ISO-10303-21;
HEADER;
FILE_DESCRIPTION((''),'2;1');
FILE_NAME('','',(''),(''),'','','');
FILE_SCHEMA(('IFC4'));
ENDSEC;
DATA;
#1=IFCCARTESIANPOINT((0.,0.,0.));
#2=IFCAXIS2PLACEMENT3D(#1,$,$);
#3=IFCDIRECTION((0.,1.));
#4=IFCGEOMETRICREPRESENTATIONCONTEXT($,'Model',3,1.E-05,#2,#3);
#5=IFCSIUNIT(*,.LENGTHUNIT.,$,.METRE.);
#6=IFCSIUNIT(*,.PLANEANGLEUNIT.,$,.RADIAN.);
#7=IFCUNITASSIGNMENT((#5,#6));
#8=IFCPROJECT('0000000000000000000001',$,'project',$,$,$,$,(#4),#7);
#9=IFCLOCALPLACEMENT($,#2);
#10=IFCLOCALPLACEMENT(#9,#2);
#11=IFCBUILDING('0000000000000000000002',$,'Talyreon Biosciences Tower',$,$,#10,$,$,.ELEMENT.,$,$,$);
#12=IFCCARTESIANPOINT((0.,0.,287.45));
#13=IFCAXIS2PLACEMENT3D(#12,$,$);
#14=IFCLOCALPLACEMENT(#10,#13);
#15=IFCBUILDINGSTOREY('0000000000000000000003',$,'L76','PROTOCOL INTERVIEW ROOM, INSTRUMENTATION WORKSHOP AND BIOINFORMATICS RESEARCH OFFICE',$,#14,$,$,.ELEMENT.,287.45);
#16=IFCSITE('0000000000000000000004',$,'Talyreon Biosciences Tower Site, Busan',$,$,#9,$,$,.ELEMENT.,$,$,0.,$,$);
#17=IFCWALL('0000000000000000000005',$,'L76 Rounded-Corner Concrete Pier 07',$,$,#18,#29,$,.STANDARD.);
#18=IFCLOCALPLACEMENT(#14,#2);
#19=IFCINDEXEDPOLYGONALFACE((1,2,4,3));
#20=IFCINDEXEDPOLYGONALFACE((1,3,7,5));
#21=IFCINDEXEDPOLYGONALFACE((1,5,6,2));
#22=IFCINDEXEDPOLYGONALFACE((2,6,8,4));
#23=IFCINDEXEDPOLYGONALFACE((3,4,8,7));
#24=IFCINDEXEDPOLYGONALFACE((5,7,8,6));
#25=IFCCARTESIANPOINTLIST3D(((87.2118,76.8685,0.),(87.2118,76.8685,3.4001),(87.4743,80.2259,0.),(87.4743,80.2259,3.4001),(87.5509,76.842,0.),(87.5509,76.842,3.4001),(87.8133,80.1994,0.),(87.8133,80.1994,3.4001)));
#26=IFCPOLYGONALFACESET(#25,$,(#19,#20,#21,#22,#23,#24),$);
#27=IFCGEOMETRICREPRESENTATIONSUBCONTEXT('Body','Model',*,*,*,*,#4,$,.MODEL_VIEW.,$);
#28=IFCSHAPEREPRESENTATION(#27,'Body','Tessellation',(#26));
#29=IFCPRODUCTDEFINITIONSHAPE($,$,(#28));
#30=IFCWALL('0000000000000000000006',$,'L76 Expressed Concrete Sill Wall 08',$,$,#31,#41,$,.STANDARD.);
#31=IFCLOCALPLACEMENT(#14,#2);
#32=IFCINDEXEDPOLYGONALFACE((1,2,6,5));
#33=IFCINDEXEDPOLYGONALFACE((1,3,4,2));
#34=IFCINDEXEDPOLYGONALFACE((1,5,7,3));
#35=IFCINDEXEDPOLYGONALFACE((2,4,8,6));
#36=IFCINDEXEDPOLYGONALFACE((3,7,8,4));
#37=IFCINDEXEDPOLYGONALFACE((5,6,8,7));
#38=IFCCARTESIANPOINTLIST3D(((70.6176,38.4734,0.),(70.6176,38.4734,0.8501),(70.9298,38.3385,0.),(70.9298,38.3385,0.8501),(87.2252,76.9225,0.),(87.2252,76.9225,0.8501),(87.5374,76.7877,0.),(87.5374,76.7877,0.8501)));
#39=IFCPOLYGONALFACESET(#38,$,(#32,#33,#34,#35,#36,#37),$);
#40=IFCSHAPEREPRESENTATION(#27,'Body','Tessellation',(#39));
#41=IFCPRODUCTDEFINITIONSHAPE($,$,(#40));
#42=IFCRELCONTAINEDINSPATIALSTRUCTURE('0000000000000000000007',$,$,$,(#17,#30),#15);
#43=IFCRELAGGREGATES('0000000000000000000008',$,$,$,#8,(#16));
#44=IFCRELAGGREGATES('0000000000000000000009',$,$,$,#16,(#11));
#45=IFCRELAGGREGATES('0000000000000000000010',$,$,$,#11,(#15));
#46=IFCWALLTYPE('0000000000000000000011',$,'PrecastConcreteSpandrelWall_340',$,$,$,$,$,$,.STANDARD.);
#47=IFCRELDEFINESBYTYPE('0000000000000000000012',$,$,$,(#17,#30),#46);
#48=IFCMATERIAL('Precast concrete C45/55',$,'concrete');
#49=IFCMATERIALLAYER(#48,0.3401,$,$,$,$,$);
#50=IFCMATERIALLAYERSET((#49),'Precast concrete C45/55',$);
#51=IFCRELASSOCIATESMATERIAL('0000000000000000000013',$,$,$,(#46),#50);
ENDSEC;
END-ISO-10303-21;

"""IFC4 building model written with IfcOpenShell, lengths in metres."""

from ifc_helpers import new_model, si_unit, direction, frame, frame_2d, origin, place, context, subcontext, project, spatial, rectangle, extrude, material, layer, layer_set, type_object, element, save


model = new_model("IFC4")

# Units and contexts
model_context = context("Model", 3, precision=1e-05, world=origin(), true_north=direction((0.0, 1.0)))
body_context = subcontext(model_context, "Body", "Model", "MODEL_VIEW")
ifc_project = project(units=[si_unit("LENGTHUNIT", "METRE"), si_unit("PLANEANGLEUNIT", "RADIAN")], contexts=[model_context])

# Site, building, storey
site_placement = place(None, origin())
site = spatial("IfcSite", under=ifc_project, at=site_placement, Name="Talyreon Biosciences Tower Site, Busan", CompositionType="ELEMENT", RefElevation=0.0)
building_placement = place(site_placement, origin())
building = spatial("IfcBuilding", under=site, at=building_placement, Name="Talyreon Biosciences Tower", CompositionType="ELEMENT")
storey_placement = place(building_placement, frame((0.0, 0.0, 287.45)))
storey = spatial("IfcBuildingStorey", under=building, at=storey_placement, Name="L76", Description="PROTOCOL INTERVIEW ROOM, INSTRUMENTATION WORKSHOP AND BIOINFORMATICS RESEARCH OFFICE", CompositionType="ELEMENT", Elevation=287.45)

# Shared definitions
ifc_material_1 = material(Name="Precast concrete C45/55", Category="concrete")

# Walls
ifc_layer_1 = layer(ifc_material_1, 0.3401)
ifc_layer_set_1 = layer_set([ifc_layer_1], Name="Precast concrete C45/55")
wall_type_1 = type_object("IfcWallType", Name="PrecastConcreteSpandrelWall_340", PredefinedType="STANDARD", material=ifc_layer_set_1)
for number, where, z_axis, x_axis, name in (
    (1, (87.6438, 80.2126, 0.0), (0.0, 0.0, 1.0), (-0.077933, -0.996959, 0.0), "L76 Rounded-Corner Concrete Pier 07"),
):
    element("IfcWall", number, at=place(storey_placement, frame(where, z_axis=z_axis, x_axis=x_axis)), inside=storey, type_object=wall_type_1, Name=name, PredefinedType="STANDARD", context=body_context, shape_type="SweptSolid", body=[
        extrude(rectangle(XDim=3.3677, YDim=0.3401, at=frame_2d((1.6838, 0.0))), origin(), (0.0, 0.0, 1.0), 3.4001),
    ])
wall_1_placement = place(storey_placement, frame((87.3813, 76.8552, 0.0), z_axis=(0.0, 0.0, 1.0), x_axis=(-0.396528, -0.918022, 0.0)))
element("IfcWall", 2, at=wall_1_placement, inside=storey, type_object=wall_type_1, Name="L76 Expressed Concrete Sill Wall 08", PredefinedType="STANDARD", context=body_context, shape_type="SweptSolid", body=[
    extrude(rectangle(XDim=41.8826, YDim=0.3401, at=frame_2d((20.9414, 0.0))), origin(), (0.0, 0.0, 1.0), 0.8501),
])

save(model, "model.ifc")
